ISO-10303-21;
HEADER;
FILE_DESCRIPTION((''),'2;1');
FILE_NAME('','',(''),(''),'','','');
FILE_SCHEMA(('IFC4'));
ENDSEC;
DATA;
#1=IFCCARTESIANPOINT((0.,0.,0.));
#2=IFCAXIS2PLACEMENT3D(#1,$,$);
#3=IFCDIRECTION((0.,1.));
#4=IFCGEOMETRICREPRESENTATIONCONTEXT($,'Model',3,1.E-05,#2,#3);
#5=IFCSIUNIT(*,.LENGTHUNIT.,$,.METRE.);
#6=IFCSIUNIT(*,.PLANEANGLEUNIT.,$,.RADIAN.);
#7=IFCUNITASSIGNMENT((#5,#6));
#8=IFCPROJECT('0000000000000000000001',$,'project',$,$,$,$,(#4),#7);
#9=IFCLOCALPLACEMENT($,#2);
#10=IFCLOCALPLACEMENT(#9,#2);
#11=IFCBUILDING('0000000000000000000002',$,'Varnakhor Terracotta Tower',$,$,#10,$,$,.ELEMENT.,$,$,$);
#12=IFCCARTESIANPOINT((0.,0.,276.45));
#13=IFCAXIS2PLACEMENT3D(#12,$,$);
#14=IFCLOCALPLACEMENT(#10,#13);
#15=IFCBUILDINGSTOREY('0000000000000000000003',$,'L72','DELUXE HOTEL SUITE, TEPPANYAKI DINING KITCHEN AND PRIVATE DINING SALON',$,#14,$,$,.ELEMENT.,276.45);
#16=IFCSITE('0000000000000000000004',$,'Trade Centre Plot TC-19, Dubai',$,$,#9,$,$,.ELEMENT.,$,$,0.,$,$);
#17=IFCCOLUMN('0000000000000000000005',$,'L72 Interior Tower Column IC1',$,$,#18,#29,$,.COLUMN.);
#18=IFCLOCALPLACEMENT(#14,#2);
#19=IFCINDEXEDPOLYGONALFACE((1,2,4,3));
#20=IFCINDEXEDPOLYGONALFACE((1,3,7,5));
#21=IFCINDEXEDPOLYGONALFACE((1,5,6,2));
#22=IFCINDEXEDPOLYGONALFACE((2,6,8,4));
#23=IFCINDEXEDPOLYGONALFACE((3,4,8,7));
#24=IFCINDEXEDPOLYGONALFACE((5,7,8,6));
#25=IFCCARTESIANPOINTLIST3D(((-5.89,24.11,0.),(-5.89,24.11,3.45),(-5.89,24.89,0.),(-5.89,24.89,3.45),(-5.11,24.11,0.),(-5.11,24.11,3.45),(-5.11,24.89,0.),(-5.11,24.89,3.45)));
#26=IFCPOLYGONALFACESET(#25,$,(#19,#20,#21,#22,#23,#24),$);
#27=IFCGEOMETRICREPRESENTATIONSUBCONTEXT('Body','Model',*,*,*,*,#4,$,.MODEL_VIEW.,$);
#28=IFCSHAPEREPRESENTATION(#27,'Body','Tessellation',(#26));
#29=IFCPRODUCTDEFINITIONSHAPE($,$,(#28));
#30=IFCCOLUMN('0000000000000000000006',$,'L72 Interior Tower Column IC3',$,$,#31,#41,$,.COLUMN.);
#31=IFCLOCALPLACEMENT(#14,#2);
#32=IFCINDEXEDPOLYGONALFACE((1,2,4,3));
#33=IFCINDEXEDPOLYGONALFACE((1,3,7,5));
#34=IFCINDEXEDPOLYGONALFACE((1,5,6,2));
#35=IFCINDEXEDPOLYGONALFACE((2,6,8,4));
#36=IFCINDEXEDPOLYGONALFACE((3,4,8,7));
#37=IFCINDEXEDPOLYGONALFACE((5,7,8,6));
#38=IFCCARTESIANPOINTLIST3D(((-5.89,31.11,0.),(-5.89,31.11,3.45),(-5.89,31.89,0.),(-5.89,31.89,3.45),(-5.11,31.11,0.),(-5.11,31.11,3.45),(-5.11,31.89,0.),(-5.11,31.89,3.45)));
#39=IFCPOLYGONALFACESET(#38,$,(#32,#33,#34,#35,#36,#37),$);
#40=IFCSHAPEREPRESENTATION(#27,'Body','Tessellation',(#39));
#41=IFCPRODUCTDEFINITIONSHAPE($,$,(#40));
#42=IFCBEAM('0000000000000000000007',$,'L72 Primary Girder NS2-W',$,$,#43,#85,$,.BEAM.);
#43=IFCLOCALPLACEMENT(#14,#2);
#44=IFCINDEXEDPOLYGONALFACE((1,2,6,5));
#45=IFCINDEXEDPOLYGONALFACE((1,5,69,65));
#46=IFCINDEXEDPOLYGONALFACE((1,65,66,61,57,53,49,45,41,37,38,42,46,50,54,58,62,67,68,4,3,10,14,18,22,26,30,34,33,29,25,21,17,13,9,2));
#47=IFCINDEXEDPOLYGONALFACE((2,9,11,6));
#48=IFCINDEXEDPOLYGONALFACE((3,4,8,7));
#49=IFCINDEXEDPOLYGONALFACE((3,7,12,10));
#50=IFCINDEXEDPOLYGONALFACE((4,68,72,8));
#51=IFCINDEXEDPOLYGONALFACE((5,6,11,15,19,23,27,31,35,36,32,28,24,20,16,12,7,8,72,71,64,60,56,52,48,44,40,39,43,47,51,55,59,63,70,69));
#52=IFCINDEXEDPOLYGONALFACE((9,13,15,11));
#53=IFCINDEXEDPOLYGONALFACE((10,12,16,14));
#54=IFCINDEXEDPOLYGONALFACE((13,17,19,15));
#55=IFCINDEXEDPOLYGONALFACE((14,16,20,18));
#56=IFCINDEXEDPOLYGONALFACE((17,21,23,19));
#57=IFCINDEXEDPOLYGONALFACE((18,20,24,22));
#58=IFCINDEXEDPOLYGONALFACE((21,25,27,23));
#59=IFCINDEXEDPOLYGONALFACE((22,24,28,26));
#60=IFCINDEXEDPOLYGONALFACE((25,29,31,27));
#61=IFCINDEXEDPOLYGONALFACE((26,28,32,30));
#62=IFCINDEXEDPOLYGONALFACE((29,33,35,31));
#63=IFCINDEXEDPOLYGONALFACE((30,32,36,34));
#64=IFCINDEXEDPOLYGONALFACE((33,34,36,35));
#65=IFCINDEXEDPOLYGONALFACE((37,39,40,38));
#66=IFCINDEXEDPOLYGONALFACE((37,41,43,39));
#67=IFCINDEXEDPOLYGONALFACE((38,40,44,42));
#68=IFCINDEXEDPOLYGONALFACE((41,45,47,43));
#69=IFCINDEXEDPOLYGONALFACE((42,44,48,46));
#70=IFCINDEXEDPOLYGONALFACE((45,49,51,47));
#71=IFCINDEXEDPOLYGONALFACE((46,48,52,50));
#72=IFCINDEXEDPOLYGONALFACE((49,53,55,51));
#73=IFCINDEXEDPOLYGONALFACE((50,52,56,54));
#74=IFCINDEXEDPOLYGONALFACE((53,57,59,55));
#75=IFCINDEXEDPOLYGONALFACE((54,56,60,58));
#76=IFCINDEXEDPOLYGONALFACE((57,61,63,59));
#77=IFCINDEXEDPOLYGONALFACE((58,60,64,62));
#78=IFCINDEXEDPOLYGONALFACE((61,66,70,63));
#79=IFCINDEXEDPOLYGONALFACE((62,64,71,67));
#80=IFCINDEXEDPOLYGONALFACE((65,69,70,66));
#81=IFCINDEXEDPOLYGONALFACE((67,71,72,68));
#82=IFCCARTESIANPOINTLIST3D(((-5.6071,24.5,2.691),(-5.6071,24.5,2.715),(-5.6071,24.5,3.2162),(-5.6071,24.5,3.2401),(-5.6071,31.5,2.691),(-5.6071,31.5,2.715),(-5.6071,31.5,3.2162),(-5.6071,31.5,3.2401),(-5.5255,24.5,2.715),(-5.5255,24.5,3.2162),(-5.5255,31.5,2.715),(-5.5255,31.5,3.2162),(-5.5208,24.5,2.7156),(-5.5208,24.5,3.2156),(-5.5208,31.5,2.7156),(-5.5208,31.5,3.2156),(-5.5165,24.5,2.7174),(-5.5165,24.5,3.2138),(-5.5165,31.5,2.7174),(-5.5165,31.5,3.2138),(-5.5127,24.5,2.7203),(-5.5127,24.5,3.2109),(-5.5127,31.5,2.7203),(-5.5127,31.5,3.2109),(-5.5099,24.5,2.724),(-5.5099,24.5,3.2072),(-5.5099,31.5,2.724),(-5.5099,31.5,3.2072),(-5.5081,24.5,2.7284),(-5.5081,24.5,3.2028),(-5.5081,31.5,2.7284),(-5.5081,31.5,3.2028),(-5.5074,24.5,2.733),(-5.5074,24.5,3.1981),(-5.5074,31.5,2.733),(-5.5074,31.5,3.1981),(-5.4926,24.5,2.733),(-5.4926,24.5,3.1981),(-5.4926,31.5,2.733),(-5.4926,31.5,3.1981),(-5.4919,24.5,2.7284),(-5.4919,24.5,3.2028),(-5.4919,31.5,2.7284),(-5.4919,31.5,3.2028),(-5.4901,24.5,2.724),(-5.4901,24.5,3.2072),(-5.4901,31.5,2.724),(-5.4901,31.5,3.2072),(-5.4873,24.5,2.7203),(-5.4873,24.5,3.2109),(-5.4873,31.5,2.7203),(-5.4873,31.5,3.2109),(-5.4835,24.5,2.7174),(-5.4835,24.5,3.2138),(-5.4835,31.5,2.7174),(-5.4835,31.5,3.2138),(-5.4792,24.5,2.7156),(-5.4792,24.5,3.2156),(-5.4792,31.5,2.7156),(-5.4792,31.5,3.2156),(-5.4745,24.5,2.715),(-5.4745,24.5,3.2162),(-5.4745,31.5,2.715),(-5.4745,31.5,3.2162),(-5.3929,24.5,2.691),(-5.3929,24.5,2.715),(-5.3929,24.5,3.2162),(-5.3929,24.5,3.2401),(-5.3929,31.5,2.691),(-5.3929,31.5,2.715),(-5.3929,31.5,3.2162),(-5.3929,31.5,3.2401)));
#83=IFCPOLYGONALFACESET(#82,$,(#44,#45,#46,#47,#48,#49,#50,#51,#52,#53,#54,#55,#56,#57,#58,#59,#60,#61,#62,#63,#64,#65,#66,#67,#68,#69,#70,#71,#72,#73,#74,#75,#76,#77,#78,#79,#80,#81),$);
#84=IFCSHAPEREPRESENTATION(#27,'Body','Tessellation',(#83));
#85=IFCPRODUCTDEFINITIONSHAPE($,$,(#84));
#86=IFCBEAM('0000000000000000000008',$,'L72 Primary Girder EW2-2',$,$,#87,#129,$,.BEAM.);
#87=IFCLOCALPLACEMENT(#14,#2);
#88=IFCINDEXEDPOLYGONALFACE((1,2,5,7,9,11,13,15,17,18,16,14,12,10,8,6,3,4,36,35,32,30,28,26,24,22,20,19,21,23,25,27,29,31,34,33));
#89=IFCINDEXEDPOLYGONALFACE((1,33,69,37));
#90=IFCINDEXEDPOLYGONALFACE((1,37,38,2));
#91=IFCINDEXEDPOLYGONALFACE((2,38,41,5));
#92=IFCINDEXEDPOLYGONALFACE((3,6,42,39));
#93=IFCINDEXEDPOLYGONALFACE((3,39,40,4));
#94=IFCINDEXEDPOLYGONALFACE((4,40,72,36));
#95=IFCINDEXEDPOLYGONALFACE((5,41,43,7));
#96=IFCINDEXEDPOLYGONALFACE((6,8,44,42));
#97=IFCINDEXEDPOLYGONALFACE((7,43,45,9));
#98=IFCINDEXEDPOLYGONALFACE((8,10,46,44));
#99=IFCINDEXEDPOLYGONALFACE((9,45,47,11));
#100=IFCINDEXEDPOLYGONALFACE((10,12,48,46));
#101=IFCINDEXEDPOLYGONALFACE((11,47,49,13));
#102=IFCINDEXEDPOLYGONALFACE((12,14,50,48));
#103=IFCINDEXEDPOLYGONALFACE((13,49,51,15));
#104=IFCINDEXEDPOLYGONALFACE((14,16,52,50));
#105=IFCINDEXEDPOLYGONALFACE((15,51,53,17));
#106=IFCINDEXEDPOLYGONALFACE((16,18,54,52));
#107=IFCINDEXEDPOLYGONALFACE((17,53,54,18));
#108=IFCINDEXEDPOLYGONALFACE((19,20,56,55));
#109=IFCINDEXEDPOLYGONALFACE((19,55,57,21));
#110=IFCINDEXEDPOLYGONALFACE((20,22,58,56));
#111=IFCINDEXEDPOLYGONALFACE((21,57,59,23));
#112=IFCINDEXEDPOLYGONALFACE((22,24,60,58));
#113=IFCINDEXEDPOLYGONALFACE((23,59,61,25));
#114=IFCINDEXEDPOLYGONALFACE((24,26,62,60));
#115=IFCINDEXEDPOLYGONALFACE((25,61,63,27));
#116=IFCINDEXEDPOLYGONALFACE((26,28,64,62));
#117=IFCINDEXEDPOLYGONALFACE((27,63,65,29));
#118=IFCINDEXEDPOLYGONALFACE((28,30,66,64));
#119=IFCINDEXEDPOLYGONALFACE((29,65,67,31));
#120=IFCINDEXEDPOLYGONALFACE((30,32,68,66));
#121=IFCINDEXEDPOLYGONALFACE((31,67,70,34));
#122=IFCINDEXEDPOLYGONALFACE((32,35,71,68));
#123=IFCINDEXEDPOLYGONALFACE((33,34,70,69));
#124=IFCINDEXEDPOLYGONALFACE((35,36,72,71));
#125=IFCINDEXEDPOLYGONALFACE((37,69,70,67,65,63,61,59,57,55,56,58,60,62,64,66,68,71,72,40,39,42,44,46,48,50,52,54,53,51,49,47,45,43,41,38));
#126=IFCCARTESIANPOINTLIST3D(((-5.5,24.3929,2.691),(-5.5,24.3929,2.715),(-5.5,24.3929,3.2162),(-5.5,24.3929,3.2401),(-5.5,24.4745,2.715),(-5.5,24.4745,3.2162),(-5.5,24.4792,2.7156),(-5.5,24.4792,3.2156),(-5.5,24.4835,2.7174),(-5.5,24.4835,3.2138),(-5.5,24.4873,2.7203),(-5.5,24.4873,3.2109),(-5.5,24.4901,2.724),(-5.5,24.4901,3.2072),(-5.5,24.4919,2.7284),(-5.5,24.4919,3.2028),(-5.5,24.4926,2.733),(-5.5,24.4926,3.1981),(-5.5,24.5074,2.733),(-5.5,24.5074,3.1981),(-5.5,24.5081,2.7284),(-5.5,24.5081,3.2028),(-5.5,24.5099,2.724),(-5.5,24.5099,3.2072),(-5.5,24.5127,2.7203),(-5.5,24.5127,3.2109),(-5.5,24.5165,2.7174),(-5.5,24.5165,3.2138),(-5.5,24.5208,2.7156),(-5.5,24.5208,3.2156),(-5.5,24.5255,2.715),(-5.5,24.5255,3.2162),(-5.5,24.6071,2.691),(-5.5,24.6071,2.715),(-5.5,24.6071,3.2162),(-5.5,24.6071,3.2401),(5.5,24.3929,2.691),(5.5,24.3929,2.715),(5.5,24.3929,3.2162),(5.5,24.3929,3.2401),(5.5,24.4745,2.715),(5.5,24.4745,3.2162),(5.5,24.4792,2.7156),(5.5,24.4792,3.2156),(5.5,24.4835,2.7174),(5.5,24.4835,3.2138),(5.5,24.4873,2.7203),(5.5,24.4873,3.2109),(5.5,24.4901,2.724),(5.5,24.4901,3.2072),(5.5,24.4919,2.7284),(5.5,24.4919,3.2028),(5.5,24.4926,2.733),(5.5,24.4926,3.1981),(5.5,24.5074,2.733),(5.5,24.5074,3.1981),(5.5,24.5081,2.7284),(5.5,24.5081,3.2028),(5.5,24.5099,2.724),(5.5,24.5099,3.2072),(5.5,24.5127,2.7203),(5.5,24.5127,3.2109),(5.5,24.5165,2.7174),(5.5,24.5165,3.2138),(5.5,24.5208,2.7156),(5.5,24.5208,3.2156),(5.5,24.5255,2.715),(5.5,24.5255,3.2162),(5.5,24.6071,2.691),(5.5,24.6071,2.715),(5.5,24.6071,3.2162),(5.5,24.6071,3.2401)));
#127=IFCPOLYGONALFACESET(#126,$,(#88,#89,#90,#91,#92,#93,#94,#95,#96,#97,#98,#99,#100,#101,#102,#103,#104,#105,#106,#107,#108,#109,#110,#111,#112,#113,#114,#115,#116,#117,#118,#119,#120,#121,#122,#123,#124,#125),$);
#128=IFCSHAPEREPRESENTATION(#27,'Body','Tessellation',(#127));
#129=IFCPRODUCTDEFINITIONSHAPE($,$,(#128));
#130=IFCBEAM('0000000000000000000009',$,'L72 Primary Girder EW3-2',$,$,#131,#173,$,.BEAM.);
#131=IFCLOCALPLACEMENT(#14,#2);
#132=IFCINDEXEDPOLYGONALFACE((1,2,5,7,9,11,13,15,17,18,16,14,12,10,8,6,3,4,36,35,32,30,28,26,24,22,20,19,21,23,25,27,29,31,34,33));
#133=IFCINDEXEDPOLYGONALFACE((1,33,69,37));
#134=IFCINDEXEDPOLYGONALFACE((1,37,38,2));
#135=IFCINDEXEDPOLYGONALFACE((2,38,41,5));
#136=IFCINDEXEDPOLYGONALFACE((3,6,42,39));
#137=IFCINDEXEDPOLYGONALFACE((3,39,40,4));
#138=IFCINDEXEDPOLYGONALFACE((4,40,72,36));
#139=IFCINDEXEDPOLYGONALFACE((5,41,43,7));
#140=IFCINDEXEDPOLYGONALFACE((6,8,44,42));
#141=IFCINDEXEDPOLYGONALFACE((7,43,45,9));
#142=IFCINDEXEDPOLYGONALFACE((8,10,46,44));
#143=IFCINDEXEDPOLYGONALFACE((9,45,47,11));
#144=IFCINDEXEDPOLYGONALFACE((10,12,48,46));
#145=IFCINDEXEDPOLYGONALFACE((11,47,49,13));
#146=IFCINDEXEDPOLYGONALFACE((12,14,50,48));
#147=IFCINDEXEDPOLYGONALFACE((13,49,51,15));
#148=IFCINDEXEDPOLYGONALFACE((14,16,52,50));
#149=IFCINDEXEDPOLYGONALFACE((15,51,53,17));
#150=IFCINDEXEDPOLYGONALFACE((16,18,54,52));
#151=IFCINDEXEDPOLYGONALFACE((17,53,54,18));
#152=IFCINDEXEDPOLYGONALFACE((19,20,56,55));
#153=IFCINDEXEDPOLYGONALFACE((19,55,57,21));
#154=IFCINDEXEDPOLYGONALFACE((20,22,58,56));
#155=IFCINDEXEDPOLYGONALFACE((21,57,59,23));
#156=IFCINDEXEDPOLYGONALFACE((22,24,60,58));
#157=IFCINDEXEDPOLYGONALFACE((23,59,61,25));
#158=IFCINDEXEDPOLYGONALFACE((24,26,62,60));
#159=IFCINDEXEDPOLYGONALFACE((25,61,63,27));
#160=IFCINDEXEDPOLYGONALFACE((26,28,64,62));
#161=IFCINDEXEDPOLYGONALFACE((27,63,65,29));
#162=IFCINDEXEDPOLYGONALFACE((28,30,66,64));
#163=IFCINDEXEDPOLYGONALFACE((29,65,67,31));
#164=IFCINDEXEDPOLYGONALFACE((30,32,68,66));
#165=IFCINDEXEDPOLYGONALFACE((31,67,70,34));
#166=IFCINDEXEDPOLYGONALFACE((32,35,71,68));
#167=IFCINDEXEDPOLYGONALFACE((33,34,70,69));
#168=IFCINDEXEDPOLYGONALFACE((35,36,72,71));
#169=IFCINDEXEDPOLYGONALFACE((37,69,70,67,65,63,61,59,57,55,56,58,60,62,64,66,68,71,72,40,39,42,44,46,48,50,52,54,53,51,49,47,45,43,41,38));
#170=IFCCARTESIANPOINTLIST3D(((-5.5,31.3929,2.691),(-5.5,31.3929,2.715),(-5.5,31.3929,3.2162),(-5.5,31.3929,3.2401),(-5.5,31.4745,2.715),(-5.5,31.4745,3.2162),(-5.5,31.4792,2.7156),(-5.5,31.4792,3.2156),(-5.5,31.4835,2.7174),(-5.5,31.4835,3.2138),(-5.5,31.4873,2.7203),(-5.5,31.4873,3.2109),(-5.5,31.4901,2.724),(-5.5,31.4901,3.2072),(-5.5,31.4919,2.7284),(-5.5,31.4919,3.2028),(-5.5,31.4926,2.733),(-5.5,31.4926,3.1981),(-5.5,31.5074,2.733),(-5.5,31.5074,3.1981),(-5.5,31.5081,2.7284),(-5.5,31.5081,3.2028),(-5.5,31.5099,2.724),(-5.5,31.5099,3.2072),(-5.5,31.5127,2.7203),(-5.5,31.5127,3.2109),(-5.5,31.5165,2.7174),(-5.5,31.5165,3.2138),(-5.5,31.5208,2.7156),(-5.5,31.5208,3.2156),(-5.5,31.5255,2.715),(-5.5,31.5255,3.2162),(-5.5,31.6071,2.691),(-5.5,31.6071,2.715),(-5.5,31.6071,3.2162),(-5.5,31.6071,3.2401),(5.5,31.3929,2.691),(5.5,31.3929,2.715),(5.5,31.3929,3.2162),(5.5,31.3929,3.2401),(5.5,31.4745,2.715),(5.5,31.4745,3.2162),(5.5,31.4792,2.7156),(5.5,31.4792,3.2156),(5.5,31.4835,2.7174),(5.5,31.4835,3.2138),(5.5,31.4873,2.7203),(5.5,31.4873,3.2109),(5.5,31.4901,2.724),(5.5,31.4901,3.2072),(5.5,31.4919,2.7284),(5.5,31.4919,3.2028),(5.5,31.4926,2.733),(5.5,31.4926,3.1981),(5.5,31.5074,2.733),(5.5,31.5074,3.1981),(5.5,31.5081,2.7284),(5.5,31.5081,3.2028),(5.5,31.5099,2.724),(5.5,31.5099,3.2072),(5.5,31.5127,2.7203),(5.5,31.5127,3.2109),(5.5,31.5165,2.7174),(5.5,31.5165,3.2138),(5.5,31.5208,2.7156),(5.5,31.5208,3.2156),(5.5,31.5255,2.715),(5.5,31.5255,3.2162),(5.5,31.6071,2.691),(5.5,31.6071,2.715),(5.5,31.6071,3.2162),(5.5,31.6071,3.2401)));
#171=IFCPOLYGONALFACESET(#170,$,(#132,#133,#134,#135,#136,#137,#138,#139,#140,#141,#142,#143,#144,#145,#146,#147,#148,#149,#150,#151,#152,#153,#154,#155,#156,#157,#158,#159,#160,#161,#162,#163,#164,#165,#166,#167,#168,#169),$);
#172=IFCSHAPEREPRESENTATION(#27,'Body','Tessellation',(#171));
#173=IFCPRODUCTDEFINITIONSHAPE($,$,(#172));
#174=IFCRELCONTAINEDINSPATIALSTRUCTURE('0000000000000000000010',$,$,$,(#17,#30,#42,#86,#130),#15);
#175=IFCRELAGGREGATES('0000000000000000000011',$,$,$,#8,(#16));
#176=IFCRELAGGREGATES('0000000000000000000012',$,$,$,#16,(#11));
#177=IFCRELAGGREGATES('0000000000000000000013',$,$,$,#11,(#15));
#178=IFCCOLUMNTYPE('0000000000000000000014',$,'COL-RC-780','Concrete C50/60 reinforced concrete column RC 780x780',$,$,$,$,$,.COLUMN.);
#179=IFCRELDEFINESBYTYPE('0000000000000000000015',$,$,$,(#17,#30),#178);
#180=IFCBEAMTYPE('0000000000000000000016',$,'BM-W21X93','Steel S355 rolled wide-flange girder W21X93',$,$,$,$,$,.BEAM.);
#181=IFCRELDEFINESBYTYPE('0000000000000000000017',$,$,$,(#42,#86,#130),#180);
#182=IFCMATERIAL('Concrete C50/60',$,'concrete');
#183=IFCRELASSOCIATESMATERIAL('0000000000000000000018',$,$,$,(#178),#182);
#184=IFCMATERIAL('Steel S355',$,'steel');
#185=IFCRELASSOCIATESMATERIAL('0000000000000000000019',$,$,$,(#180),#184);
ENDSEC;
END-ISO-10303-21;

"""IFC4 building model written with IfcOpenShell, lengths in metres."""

from ifc_helpers import new_model, si_unit, direction, frame, origin, origin_2d, place, context, subcontext, project, spatial, rectangle, i_section, extrude, source, transform, mapped, material, material_profile, profile_set, type_object, element, save


model = new_model("IFC4")

# Units and contexts
model_context = context("Model", 3, precision=1e-05, world=origin(), true_north=direction((0.0, 1.0)))
body_context = subcontext(model_context, "Body", "Model", "MODEL_VIEW")
ifc_project = project(units=[si_unit("LENGTHUNIT", "METRE"), si_unit("PLANEANGLEUNIT", "RADIAN")], contexts=[model_context])

# Site, building, storey
site_placement = place(None, origin())
site = spatial("IfcSite", under=ifc_project, at=site_placement, Name="Trade Centre Plot TC-19, Dubai", CompositionType="ELEMENT", RefElevation=0.0)
building_placement = place(site_placement, origin())
building = spatial("IfcBuilding", under=site, at=building_placement, Name="Varnakhor Terracotta Tower", CompositionType="ELEMENT")
storey_placement = place(building_placement, frame((0.0, 0.0, 276.45)))
storey = spatial("IfcBuildingStorey", under=building, at=storey_placement, Name="L72", Description="DELUXE HOTEL SUITE, TEPPANYAKI DINING KITCHEN AND PRIVATE DINING SALON", CompositionType="ELEMENT", Elevation=276.45)

# Columns
ifc_material_1 = material(Name="Concrete C50/60", Category="concrete")
ifc_material_profile_1 = material_profile(ifc_material_1, rectangle(XDim=0.78, YDim=0.78, at=origin_2d()), Name="RC 780x780")
ifc_profile_set_1 = profile_set([ifc_material_profile_1], Name="Concrete C50/60")
column_type = type_object("IfcColumnType", Name="COL-RC-780", Description="Concrete C50/60 reinforced concrete column RC 780x780", PredefinedType="COLUMN", material=ifc_profile_set_1)
shared_shape_1 = source(origin(), body_context, "Body", "SweptSolid", [
    extrude(rectangle(XDim=0.78, YDim=0.78, at=origin_2d()), origin(), (0.0, 0.0, 1.0), 3.45),
])
for number, where, z_axis, x_axis, name in (
    (1, (-5.5, 24.5, 0.0), (0.0, 0.0, 1.0), (1.0, 0.0, 0.0), "L72 Interior Tower Column IC1"),
    (2, (-5.5, 31.5, 0.0), (0.0, 0.0, 1.0), (1.0, 0.0, 0.0), "L72 Interior Tower Column IC3"),
):
    element("IfcColumn", number, at=place(storey_placement, frame(where, z_axis=z_axis, x_axis=x_axis)), inside=storey, type_object=column_type, Name=name, PredefinedType="COLUMN", context=body_context, shape_type="MappedRepresentation", body=[
        mapped(shared_shape_1, transform((0.0, 0.0, 0.0), scale=1.0)),
    ])

# Beams
ifc_material_2 = material(Name="Steel S355", Category="steel")
ifc_material_profile_2 = material_profile(ifc_material_2, i_section(OverallWidth=0.2141, OverallDepth=0.5491, WebThickness=0.0149, FlangeThickness=0.0239, FilletRadius=0.0181, at=origin_2d()), Name="W21X93")
ifc_profile_set_2 = profile_set([ifc_material_profile_2], Name="Steel S355")
beam_type_1 = type_object("IfcBeamType", Name="BM-W21X93", Description="Steel S355 rolled wide-flange girder W21X93", PredefinedType="BEAM", material=ifc_profile_set_2)
shared_shape_2 = source(origin(), body_context, "Body", "SweptSolid", [
    extrude(i_section(OverallWidth=0.2141, OverallDepth=0.5491, WebThickness=0.0149, FlangeThickness=0.0239, FilletRadius=0.0181, at=origin_2d()), origin(), (0.0, 0.0, 1.0), 7.0),
])
beam_1_placement = place(storey_placement, frame((-5.5, 24.5, 2.9656), z_axis=(0.0, 1.0, 0.0), x_axis=(-1.0, 0.0, 0.0)))
element("IfcBeam", 3, at=beam_1_placement, inside=storey, type_object=beam_type_1, Name="L72 Primary Girder NS2-W", PredefinedType="BEAM", context=body_context, shape_type="MappedRepresentation", body=[
    mapped(shared_shape_2, transform((0.0, 0.0, 0.0), scale=1.0)),
])
shared_shape_3 = source(origin(), body_context, "Body", "SweptSolid", [
    extrude(i_section(OverallWidth=0.2141, OverallDepth=0.5491, WebThickness=0.0149, FlangeThickness=0.0239, FilletRadius=0.0181, at=origin_2d()), origin(), (0.0, 0.0, 1.0), 11.0),
])
for number, where, z_axis, x_axis, name in (
    (4, (-5.5, 24.5, 2.9656), (1.0, 0.0, 0.0), (0.0, 1.0, 0.0), "L72 Primary Girder EW2-2"),
    (5, (-5.5, 31.5, 2.9656), (1.0, 0.0, 0.0), (0.0, 1.0, 0.0), "L72 Primary Girder EW3-2"),
):
    element("IfcBeam", number, at=place(storey_placement, frame(where, z_axis=z_axis, x_axis=x_axis)), inside=storey, type_object=beam_type_1, Name=name, PredefinedType="BEAM", context=body_context, shape_type="MappedRepresentation", body=[
        mapped(shared_shape_3, transform((0.0, 0.0, 0.0), scale=1.0)),
    ])

save(model, "model.ifc")
